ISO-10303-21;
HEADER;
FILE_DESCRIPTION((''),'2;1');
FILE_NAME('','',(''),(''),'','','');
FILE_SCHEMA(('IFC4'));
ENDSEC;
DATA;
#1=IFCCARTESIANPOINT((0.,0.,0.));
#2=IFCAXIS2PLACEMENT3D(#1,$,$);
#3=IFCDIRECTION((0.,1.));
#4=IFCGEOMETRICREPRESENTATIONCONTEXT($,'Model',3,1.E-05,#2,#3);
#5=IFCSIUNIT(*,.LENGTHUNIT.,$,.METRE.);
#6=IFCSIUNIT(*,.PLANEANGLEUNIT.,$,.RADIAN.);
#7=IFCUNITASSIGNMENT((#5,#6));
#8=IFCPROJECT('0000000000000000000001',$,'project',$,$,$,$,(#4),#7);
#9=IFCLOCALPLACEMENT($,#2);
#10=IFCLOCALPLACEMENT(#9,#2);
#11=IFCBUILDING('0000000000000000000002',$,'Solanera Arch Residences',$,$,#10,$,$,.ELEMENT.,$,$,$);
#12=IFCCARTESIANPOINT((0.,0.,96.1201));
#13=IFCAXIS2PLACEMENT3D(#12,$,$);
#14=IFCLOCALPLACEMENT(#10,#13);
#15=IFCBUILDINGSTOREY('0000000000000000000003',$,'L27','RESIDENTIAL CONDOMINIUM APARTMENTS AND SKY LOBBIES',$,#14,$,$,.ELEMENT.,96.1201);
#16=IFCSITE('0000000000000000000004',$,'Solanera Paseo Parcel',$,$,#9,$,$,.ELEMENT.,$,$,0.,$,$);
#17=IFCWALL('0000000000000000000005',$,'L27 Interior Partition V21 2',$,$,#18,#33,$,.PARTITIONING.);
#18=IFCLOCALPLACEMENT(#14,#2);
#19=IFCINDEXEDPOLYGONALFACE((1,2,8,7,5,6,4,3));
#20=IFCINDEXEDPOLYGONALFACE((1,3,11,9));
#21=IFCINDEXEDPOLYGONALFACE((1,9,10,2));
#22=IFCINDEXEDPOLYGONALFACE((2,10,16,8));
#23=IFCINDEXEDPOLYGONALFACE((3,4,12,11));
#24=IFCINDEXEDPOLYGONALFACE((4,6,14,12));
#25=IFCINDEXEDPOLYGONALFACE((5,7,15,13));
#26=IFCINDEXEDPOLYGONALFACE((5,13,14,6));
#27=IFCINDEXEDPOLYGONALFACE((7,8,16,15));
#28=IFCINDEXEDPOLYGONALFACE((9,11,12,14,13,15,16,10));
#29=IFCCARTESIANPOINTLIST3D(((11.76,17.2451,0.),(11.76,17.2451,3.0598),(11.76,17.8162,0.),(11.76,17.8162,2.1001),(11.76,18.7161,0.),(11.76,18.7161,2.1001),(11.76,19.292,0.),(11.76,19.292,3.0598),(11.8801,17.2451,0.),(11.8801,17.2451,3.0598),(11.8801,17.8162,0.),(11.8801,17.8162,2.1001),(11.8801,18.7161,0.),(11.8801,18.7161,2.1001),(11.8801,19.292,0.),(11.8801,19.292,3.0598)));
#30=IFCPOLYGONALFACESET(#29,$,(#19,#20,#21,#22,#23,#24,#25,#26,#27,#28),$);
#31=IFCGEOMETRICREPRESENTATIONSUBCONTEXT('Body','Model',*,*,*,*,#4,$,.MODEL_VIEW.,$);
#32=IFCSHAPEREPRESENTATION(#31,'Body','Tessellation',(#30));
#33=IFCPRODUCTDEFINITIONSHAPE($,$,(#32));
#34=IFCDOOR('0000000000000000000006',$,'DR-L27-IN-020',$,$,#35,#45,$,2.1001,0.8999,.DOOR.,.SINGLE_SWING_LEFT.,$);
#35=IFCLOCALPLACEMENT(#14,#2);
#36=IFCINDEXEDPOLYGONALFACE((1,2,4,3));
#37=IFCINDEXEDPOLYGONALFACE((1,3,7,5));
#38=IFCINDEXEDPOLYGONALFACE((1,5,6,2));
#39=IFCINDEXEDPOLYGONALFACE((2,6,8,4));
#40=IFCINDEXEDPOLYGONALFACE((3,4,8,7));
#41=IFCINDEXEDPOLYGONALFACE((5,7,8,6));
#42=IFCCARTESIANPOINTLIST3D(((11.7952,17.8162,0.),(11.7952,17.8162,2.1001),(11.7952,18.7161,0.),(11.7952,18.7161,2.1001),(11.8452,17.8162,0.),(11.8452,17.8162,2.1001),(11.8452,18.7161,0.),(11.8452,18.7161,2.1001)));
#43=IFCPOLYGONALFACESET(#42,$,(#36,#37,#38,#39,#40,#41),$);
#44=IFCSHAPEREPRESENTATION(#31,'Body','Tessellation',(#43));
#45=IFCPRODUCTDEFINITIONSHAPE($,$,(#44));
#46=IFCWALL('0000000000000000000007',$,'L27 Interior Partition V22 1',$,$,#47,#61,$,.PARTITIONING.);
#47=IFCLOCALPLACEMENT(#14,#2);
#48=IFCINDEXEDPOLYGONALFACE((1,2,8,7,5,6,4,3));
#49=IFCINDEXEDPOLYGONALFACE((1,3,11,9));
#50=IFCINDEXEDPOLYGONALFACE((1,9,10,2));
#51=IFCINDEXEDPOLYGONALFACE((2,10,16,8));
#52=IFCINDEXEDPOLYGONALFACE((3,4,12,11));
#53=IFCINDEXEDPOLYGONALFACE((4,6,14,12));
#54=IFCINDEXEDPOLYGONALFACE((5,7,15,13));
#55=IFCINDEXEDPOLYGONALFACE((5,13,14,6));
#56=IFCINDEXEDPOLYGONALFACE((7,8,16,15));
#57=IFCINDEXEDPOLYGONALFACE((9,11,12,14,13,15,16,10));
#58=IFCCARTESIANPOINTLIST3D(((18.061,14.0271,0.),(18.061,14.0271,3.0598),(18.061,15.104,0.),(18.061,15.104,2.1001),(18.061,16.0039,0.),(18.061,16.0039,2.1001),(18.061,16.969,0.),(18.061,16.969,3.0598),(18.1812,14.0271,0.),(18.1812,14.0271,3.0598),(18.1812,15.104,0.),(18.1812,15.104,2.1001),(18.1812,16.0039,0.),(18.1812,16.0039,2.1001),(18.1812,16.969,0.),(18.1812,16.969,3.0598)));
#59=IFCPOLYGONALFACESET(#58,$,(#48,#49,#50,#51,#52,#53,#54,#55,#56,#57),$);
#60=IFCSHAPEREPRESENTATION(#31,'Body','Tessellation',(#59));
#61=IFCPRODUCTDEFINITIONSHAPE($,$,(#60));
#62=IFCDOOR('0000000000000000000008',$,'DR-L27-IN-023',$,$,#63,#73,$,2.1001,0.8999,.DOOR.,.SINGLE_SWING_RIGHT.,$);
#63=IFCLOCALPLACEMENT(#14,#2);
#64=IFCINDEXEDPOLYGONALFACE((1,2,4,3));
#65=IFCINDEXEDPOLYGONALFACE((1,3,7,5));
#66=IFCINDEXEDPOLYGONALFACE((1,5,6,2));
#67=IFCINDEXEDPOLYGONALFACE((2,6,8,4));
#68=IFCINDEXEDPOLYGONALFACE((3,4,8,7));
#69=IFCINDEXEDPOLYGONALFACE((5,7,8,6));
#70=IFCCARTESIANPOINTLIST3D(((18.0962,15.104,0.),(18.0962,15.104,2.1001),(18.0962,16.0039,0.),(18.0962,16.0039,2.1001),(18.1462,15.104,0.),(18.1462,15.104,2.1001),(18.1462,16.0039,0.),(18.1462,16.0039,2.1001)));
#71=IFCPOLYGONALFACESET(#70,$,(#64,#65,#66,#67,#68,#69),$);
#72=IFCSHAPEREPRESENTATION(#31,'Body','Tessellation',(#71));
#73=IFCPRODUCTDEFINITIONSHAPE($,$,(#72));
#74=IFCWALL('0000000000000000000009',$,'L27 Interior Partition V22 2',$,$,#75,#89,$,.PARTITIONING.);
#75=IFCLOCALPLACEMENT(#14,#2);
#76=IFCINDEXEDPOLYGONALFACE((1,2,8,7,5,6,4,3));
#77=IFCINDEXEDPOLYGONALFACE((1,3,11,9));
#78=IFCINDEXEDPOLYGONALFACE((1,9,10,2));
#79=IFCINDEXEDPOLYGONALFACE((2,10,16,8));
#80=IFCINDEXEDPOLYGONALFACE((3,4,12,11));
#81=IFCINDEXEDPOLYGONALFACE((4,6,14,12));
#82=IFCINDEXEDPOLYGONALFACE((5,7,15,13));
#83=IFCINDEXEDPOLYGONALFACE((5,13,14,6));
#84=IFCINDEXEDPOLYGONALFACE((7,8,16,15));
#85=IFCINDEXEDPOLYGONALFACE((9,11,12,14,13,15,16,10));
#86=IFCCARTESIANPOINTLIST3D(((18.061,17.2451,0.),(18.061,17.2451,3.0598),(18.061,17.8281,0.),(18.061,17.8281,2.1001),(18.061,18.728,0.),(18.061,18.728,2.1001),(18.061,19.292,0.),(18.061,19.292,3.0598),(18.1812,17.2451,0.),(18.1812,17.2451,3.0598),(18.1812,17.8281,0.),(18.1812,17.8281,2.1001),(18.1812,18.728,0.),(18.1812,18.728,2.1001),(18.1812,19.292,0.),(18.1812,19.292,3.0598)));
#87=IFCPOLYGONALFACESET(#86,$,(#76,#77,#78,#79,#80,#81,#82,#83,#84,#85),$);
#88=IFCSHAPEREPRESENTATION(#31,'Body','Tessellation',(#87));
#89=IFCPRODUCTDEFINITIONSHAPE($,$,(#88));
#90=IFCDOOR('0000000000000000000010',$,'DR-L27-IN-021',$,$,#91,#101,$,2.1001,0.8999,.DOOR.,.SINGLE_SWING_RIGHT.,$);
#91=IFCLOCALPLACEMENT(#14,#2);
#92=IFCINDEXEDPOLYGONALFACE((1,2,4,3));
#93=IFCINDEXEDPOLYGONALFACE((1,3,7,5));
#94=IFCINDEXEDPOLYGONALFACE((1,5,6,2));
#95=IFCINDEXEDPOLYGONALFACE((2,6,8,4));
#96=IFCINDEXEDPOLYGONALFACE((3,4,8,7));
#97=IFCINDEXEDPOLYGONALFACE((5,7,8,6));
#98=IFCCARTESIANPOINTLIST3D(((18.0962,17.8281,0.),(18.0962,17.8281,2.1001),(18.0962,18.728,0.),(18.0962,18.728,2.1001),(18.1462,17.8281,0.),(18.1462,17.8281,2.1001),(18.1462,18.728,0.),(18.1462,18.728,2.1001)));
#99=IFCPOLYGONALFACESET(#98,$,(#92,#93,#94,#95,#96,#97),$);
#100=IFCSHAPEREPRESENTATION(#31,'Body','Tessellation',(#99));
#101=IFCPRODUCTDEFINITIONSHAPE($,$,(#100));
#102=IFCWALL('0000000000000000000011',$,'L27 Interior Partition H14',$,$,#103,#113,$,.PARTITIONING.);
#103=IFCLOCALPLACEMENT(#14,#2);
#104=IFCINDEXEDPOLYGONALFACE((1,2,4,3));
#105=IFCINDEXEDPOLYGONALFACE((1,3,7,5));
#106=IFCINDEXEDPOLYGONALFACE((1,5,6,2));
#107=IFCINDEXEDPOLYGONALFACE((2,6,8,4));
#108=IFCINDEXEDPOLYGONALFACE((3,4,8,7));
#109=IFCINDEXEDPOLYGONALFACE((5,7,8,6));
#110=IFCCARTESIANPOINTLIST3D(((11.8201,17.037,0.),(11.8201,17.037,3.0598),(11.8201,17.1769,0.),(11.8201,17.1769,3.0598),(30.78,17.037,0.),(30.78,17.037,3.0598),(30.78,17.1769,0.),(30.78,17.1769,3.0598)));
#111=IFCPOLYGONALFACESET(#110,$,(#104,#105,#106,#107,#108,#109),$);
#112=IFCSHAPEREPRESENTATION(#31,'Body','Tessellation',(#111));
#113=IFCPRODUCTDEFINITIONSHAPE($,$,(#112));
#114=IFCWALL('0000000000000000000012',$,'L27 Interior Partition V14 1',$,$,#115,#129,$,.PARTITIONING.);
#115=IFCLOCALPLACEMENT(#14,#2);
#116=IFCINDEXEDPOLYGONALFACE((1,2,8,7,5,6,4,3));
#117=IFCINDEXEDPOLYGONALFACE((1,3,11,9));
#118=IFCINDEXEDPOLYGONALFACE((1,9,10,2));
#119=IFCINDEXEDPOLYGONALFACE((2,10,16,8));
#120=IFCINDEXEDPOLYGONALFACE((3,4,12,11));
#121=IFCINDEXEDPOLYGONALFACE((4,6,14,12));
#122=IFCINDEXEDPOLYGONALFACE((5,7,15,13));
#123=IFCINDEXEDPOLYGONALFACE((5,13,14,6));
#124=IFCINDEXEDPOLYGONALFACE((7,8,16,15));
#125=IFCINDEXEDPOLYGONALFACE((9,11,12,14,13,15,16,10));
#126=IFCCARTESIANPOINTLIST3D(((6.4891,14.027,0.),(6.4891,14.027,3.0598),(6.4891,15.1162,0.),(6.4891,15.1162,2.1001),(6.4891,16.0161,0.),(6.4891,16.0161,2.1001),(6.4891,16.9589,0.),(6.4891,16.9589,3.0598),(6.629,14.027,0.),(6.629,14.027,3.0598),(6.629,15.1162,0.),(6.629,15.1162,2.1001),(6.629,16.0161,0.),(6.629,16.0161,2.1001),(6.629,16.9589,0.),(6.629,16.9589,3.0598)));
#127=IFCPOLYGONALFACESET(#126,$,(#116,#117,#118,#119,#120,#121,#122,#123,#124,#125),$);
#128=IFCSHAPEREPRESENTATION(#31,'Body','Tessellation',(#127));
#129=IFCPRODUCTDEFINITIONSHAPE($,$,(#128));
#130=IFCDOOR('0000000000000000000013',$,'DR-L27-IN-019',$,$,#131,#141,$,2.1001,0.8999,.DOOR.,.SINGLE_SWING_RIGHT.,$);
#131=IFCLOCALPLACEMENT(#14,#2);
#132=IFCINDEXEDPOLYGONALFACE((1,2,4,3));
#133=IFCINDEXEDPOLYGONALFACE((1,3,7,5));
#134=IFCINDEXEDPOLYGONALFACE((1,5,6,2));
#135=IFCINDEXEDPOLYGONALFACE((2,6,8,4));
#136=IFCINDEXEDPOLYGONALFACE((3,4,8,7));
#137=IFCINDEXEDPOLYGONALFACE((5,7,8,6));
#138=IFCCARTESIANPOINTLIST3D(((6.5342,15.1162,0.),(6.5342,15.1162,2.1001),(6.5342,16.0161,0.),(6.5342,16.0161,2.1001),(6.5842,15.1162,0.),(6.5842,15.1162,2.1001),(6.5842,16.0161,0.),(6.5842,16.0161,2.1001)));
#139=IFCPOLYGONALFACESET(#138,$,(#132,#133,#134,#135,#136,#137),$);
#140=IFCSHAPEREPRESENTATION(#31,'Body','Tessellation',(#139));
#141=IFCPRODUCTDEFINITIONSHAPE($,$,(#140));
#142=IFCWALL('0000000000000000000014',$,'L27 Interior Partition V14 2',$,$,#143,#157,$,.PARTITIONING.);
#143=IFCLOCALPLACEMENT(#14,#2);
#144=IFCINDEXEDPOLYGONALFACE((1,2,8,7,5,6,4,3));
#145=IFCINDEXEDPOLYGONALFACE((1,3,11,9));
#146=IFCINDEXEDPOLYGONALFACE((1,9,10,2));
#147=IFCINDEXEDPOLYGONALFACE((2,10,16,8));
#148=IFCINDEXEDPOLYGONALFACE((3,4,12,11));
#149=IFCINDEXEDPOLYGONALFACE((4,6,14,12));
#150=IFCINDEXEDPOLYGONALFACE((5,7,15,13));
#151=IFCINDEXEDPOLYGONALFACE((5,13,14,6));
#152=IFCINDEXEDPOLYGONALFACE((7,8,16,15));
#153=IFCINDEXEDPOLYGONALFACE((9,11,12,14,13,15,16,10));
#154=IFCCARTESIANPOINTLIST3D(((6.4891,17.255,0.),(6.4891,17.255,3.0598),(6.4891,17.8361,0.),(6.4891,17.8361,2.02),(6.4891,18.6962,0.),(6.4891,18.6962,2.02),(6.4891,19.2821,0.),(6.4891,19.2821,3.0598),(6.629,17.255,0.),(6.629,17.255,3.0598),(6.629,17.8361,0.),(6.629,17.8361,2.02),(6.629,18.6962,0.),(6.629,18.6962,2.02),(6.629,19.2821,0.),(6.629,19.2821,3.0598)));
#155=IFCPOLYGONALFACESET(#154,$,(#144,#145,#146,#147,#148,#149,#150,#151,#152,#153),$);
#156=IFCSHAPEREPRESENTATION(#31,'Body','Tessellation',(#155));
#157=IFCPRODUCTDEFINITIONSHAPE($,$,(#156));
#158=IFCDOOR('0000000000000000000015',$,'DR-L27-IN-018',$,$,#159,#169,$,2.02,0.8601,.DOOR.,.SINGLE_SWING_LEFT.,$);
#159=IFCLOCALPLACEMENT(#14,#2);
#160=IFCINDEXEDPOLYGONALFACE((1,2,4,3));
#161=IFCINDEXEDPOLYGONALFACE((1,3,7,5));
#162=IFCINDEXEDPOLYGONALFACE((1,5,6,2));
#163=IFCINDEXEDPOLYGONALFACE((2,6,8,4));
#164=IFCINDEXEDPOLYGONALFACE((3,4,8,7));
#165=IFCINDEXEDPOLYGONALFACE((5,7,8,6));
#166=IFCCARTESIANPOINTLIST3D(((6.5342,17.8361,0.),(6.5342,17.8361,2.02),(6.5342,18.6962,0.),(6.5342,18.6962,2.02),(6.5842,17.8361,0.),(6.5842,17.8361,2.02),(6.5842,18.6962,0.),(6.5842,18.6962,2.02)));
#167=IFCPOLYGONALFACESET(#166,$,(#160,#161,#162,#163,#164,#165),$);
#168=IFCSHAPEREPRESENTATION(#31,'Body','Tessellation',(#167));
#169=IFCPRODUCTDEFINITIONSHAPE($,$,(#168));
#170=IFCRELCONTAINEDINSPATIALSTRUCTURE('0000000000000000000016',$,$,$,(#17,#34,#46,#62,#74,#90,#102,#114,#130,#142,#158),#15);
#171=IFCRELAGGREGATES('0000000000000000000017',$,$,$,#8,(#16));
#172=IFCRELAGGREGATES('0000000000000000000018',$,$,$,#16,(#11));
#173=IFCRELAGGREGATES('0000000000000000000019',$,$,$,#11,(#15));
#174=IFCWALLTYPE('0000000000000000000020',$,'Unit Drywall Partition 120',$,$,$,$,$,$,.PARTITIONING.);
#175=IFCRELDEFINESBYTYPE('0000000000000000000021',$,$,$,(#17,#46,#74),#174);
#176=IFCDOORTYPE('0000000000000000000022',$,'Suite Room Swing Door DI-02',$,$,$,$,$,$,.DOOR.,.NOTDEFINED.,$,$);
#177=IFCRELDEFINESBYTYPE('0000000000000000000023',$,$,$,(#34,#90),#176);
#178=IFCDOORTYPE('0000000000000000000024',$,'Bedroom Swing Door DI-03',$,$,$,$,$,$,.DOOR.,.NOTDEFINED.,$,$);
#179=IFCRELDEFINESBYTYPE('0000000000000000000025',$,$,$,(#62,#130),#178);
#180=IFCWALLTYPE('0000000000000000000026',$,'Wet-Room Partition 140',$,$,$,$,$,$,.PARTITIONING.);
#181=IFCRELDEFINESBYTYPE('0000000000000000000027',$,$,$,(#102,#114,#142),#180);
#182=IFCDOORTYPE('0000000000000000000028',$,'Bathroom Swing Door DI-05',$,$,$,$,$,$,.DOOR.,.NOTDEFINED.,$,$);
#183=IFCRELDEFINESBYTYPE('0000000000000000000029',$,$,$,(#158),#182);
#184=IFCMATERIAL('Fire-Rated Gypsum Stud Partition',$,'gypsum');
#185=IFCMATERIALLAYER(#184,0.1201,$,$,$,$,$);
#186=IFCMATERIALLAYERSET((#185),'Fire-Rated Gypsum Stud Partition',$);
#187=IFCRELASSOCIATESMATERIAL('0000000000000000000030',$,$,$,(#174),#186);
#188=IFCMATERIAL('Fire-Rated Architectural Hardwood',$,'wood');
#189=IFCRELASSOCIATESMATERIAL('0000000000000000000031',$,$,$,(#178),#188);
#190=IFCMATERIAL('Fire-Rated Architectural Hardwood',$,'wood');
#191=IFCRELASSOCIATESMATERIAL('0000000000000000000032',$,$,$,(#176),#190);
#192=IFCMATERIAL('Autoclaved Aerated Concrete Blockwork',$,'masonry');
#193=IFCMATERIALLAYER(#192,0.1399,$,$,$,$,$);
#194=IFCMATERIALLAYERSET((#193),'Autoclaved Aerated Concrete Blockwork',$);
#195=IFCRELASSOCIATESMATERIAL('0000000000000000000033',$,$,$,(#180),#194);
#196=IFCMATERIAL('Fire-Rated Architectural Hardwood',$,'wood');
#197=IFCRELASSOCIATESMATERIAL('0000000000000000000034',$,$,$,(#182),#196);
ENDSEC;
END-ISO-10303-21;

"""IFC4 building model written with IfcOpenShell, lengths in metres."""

from ifc_helpers import new_model, si_unit, direction, frame, frame_2d, origin, place, context, subcontext, project, spatial, rectangle, extrude, material, layer, layer_set, type_object, element, fill, save


model = new_model("IFC4")

# Units and contexts
model_context = context("Model", 3, precision=1e-05, world=origin(), true_north=direction((0.0, 1.0)))
body_context = subcontext(model_context, "Body", "Model", "MODEL_VIEW")
ifc_project = project(units=[si_unit("LENGTHUNIT", "METRE"), si_unit("PLANEANGLEUNIT", "RADIAN")], contexts=[model_context])

# Site, building, storey
site_placement = place(None, origin())
site = spatial("IfcSite", under=ifc_project, at=site_placement, Name="Solanera Paseo Parcel", CompositionType="ELEMENT", RefElevation=0.0)
building_placement = place(site_placement, origin())
building = spatial("IfcBuilding", under=site, at=building_placement, Name="Solanera Arch Residences", CompositionType="ELEMENT")
storey_placement = place(building_placement, frame((0.0, 0.0, 96.1201)))
storey = spatial("IfcBuildingStorey", under=building, at=storey_placement, Name="L27", Description="RESIDENTIAL CONDOMINIUM APARTMENTS AND SKY LOBBIES", CompositionType="ELEMENT", Elevation=96.1201)

# Walls, openings, doors
ifc_material_1 = material(Name="Fire-Rated Gypsum Stud Partition", Category="gypsum")
ifc_layer_1 = layer(ifc_material_1, 0.1201)
ifc_layer_set_1 = layer_set([ifc_layer_1], Name="Fire-Rated Gypsum Stud Partition")
wall_type_1 = type_object("IfcWallType", Name="Unit Drywall Partition 120", PredefinedType="PARTITIONING", material=ifc_layer_set_1)
ifc_material_2 = material(Name="Fire-Rated Architectural Hardwood", Category="wood")
door_type_1 = type_object("IfcDoorType", Name="Bedroom Swing Door DI-03", OperationType="NOTDEFINED", PredefinedType="DOOR", material=ifc_material_2)
wall_1_placement = place(storey_placement, frame((11.8201, 17.2451, 0.0), z_axis=(0.0, 0.0, 1.0), x_axis=(0.0, 1.0, 0.0)))
wall_1 = element("IfcWall", 1, at=wall_1_placement, inside=storey, type_object=wall_type_1, Name="L27 Interior Partition V21 2", PredefinedType="PARTITIONING", context=body_context, shape_type="SweptSolid", body=[
    extrude(rectangle(XDim=2.0469, YDim=0.1201, at=frame_2d((1.0234, 0.0))), origin(), (0.0, 0.0, 1.0), 3.0598),
])
opening_1_placement = place(wall_1_placement, frame((0.571, 0.0, 0.0)))
opening_1 = element("IfcOpeningElement", 2, at=opening_1_placement, cuts=wall_1, PredefinedType="OPENING", context=body_context, shape_type="SweptSolid", body=[
    extrude(rectangle(XDim=0.8999, YDim=2.1001, at=frame_2d((0.45, 1.05))), frame((0.0, 0.0701, 0.0), z_axis=(0.0, -1.0, 0.0), x_axis=(1.0, 0.0, 0.0)), (0.0, 0.0, 1.0), 0.1401),
])
ifc_material_3 = material(Name="Fire-Rated Architectural Hardwood", Category="wood")
door_type_2 = type_object("IfcDoorType", Name="Suite Room Swing Door DI-02", OperationType="NOTDEFINED", PredefinedType="DOOR", material=ifc_material_3)
door_1_placement = place(opening_1_placement, origin())
door_1 = element("IfcDoor", 3, at=door_1_placement, inside=storey, type_object=door_type_2, Name="DR-L27-IN-020", OperationType="SINGLE_SWING_LEFT", OverallHeight=2.1001, OverallWidth=0.8999, PredefinedType="DOOR", context=body_context, shape_type="SweptSolid", body=[
    extrude(rectangle(XDim=0.8999, YDim=2.1001, at=frame_2d((0.45, 1.05))), frame((0.0, 0.0249, 0.0), z_axis=(0.0, -1.0, 0.0), x_axis=(1.0, 0.0, 0.0)), (0.0, 0.0, 1.0), 0.05),
])
fill(opening_1, door_1)
wall_2_placement = place(storey_placement, frame((18.1211, 14.0271, 0.0), z_axis=(0.0, 0.0, 1.0), x_axis=(0.0, 1.0, 0.0)))
wall_2 = element("IfcWall", 4, at=wall_2_placement, inside=storey, type_object=wall_type_1, Name="L27 Interior Partition V22 1", PredefinedType="PARTITIONING", context=body_context, shape_type="SweptSolid", body=[
    extrude(rectangle(XDim=2.9419, YDim=0.1201, at=frame_2d((1.4709, 0.0))), origin(), (0.0, 0.0, 1.0), 3.0598),
])
opening_2_placement = place(wall_2_placement, frame((1.0769, 0.0, 0.0)))
opening_2 = element("IfcOpeningElement", 5, at=opening_2_placement, cuts=wall_2, PredefinedType="OPENING", context=body_context, shape_type="SweptSolid", body=[
    extrude(rectangle(XDim=0.8999, YDim=2.1001, at=frame_2d((0.45, 1.05))), frame((0.0, 0.0701, 0.0), z_axis=(0.0, -1.0, 0.0), x_axis=(1.0, 0.0, 0.0)), (0.0, 0.0, 1.0), 0.1401),
])
door_2_placement = place(opening_2_placement, origin())
door_2 = element("IfcDoor", 6, at=door_2_placement, inside=storey, type_object=door_type_1, Name="DR-L27-IN-023", OperationType="SINGLE_SWING_RIGHT", OverallHeight=2.1001, OverallWidth=0.8999, PredefinedType="DOOR", context=body_context, shape_type="SweptSolid", body=[
    extrude(rectangle(XDim=0.8999, YDim=2.1001, at=frame_2d((0.45, 1.05))), frame((0.0, 0.0249, 0.0), z_axis=(0.0, -1.0, 0.0), x_axis=(1.0, 0.0, 0.0)), (0.0, 0.0, 1.0), 0.05),
])
fill(opening_2, door_2)
wall_3_placement = place(storey_placement, frame((18.1211, 17.2451, 0.0), z_axis=(0.0, 0.0, 1.0), x_axis=(0.0, 1.0, 0.0)))
wall_3 = element("IfcWall", 7, at=wall_3_placement, inside=storey, type_object=wall_type_1, Name="L27 Interior Partition V22 2", PredefinedType="PARTITIONING", context=body_context, shape_type="SweptSolid", body=[
    extrude(rectangle(XDim=2.0469, YDim=0.1201, at=frame_2d((1.0234, 0.0))), origin(), (0.0, 0.0, 1.0), 3.0598),
])
opening_3_placement = place(wall_3_placement, frame((0.583, 0.0, 0.0)))
opening_3 = element("IfcOpeningElement", 8, at=opening_3_placement, cuts=wall_3, PredefinedType="OPENING", context=body_context, shape_type="SweptSolid", body=[
    extrude(rectangle(XDim=0.8999, YDim=2.1001, at=frame_2d((0.45, 1.05))), frame((0.0, 0.0701, 0.0), z_axis=(0.0, -1.0, 0.0), x_axis=(1.0, 0.0, 0.0)), (0.0, 0.0, 1.0), 0.1401),
])
door_3_placement = place(opening_3_placement, origin())
door_3 = element("IfcDoor", 9, at=door_3_placement, inside=storey, type_object=door_type_2, Name="DR-L27-IN-021", OperationType="SINGLE_SWING_RIGHT", OverallHeight=2.1001, OverallWidth=0.8999, PredefinedType="DOOR", context=body_context, shape_type="SweptSolid", body=[
    extrude(rectangle(XDim=0.8999, YDim=2.1001, at=frame_2d((0.45, 1.05))), frame((0.0, 0.0249, 0.0), z_axis=(0.0, -1.0, 0.0), x_axis=(1.0, 0.0, 0.0)), (0.0, 0.0, 1.0), 0.05),
])
fill(opening_3, door_3)

# Wall
ifc_material_4 = material(Name="Autoclaved Aerated Concrete Blockwork", Category="masonry")
ifc_layer_2 = layer(ifc_material_4, 0.1399)
ifc_layer_set_2 = layer_set([ifc_layer_2], Name="Autoclaved Aerated Concrete Blockwork")
wall_type_2 = type_object("IfcWallType", Name="Wet-Room Partition 140", PredefinedType="PARTITIONING", material=ifc_layer_set_2)
wall_4_placement = place(storey_placement, frame((11.8201, 17.1069, 0.0), z_axis=(0.0, 0.0, 1.0), x_axis=(1.0, 0.0, 0.0)))
element("IfcWall", 10, at=wall_4_placement, inside=storey, type_object=wall_type_2, Name="L27 Interior Partition H14", PredefinedType="PARTITIONING", context=body_context, shape_type="SweptSolid", body=[
    extrude(rectangle(XDim=18.96, YDim=0.1399, at=frame_2d((9.48, 0.0))), origin(), (0.0, 0.0, 1.0), 3.0598),
])

# Walls, openings, doors
wall_5_placement = place(storey_placement, frame((6.5591, 14.0271, 0.0), z_axis=(0.0, 0.0, 1.0), x_axis=(0.0, 1.0, 0.0)))
wall_5 = element("IfcWall", 11, at=wall_5_placement, inside=storey, type_object=wall_type_2, Name="L27 Interior Partition V14 1", PredefinedType="PARTITIONING", context=body_context, shape_type="SweptSolid", body=[
    extrude(rectangle(XDim=2.9319, YDim=0.1399, at=frame_2d((1.4658, 0.0))), origin(), (0.0, 0.0, 1.0), 3.0598),
])
opening_4_placement = place(wall_5_placement, frame((1.0891, 0.0, 0.0)))
opening_4 = element("IfcOpeningElement", 12, at=opening_4_placement, cuts=wall_5, PredefinedType="OPENING", context=body_context, shape_type="SweptSolid", body=[
    extrude(rectangle(XDim=0.8999, YDim=2.1001, at=frame_2d((0.45, 1.05))), frame((0.0, 0.0798, 0.0), z_axis=(0.0, -1.0, 0.0), x_axis=(1.0, 0.0, 0.0)), (0.0, 0.0, 1.0), 0.1599),
])
door_4_placement = place(opening_4_placement, origin())
door_4 = element("IfcDoor", 13, at=door_4_placement, inside=storey, type_object=door_type_1, Name="DR-L27-IN-019", OperationType="SINGLE_SWING_RIGHT", OverallHeight=2.1001, OverallWidth=0.8999, PredefinedType="DOOR", context=body_context, shape_type="SweptSolid", body=[
    extrude(rectangle(XDim=0.8999, YDim=2.1001, at=frame_2d((0.45, 1.05))), frame((0.0, 0.0249, 0.0), z_axis=(0.0, -1.0, 0.0), x_axis=(1.0, 0.0, 0.0)), (0.0, 0.0, 1.0), 0.05),
])
fill(opening_4, door_4)
wall_6_placement = place(storey_placement, frame((6.5591, 17.2549, 0.0), z_axis=(0.0, 0.0, 1.0), x_axis=(0.0, 1.0, 0.0)))
wall_6 = element("IfcWall", 14, at=wall_6_placement, inside=storey, type_object=wall_type_2, Name="L27 Interior Partition V14 2", PredefinedType="PARTITIONING", context=body_context, shape_type="SweptSolid", body=[
    extrude(rectangle(XDim=2.0271, YDim=0.1399, at=frame_2d((1.0137, 0.0))), origin(), (0.0, 0.0, 1.0), 3.0598),
])
opening_5_placement = place(wall_6_placement, frame((0.5811, 0.0, 0.0)))
opening_5 = element("IfcOpeningElement", 15, at=opening_5_placement, cuts=wall_6, PredefinedType="OPENING", context=body_context, shape_type="SweptSolid", body=[
    extrude(rectangle(XDim=0.8601, YDim=2.02, at=frame_2d((0.4302, 1.01))), frame((0.0, 0.0798, 0.0), z_axis=(0.0, -1.0, 0.0), x_axis=(1.0, 0.0, 0.0)), (0.0, 0.0, 1.0), 0.1599),
])
ifc_material_5 = material(Name="Fire-Rated Architectural Hardwood", Category="wood")
door_type_3 = type_object("IfcDoorType", Name="Bathroom Swing Door DI-05", OperationType="NOTDEFINED", PredefinedType="DOOR", material=ifc_material_5)
door_5_placement = place(opening_5_placement, origin())
door_5 = element("IfcDoor", 16, at=door_5_placement, inside=storey, type_object=door_type_3, Name="DR-L27-IN-018", OperationType="SINGLE_SWING_LEFT", OverallHeight=2.02, OverallWidth=0.8601, PredefinedType="DOOR", context=body_context, shape_type="SweptSolid", body=[
    extrude(rectangle(XDim=0.8601, YDim=2.02, at=frame_2d((0.4302, 1.01))), frame((0.0, 0.0249, 0.0), z_axis=(0.0, -1.0, 0.0), x_axis=(1.0, 0.0, 0.0)), (0.0, 0.0, 1.0), 0.05),
])
fill(opening_5, door_5)

save(model, "model.ifc")
